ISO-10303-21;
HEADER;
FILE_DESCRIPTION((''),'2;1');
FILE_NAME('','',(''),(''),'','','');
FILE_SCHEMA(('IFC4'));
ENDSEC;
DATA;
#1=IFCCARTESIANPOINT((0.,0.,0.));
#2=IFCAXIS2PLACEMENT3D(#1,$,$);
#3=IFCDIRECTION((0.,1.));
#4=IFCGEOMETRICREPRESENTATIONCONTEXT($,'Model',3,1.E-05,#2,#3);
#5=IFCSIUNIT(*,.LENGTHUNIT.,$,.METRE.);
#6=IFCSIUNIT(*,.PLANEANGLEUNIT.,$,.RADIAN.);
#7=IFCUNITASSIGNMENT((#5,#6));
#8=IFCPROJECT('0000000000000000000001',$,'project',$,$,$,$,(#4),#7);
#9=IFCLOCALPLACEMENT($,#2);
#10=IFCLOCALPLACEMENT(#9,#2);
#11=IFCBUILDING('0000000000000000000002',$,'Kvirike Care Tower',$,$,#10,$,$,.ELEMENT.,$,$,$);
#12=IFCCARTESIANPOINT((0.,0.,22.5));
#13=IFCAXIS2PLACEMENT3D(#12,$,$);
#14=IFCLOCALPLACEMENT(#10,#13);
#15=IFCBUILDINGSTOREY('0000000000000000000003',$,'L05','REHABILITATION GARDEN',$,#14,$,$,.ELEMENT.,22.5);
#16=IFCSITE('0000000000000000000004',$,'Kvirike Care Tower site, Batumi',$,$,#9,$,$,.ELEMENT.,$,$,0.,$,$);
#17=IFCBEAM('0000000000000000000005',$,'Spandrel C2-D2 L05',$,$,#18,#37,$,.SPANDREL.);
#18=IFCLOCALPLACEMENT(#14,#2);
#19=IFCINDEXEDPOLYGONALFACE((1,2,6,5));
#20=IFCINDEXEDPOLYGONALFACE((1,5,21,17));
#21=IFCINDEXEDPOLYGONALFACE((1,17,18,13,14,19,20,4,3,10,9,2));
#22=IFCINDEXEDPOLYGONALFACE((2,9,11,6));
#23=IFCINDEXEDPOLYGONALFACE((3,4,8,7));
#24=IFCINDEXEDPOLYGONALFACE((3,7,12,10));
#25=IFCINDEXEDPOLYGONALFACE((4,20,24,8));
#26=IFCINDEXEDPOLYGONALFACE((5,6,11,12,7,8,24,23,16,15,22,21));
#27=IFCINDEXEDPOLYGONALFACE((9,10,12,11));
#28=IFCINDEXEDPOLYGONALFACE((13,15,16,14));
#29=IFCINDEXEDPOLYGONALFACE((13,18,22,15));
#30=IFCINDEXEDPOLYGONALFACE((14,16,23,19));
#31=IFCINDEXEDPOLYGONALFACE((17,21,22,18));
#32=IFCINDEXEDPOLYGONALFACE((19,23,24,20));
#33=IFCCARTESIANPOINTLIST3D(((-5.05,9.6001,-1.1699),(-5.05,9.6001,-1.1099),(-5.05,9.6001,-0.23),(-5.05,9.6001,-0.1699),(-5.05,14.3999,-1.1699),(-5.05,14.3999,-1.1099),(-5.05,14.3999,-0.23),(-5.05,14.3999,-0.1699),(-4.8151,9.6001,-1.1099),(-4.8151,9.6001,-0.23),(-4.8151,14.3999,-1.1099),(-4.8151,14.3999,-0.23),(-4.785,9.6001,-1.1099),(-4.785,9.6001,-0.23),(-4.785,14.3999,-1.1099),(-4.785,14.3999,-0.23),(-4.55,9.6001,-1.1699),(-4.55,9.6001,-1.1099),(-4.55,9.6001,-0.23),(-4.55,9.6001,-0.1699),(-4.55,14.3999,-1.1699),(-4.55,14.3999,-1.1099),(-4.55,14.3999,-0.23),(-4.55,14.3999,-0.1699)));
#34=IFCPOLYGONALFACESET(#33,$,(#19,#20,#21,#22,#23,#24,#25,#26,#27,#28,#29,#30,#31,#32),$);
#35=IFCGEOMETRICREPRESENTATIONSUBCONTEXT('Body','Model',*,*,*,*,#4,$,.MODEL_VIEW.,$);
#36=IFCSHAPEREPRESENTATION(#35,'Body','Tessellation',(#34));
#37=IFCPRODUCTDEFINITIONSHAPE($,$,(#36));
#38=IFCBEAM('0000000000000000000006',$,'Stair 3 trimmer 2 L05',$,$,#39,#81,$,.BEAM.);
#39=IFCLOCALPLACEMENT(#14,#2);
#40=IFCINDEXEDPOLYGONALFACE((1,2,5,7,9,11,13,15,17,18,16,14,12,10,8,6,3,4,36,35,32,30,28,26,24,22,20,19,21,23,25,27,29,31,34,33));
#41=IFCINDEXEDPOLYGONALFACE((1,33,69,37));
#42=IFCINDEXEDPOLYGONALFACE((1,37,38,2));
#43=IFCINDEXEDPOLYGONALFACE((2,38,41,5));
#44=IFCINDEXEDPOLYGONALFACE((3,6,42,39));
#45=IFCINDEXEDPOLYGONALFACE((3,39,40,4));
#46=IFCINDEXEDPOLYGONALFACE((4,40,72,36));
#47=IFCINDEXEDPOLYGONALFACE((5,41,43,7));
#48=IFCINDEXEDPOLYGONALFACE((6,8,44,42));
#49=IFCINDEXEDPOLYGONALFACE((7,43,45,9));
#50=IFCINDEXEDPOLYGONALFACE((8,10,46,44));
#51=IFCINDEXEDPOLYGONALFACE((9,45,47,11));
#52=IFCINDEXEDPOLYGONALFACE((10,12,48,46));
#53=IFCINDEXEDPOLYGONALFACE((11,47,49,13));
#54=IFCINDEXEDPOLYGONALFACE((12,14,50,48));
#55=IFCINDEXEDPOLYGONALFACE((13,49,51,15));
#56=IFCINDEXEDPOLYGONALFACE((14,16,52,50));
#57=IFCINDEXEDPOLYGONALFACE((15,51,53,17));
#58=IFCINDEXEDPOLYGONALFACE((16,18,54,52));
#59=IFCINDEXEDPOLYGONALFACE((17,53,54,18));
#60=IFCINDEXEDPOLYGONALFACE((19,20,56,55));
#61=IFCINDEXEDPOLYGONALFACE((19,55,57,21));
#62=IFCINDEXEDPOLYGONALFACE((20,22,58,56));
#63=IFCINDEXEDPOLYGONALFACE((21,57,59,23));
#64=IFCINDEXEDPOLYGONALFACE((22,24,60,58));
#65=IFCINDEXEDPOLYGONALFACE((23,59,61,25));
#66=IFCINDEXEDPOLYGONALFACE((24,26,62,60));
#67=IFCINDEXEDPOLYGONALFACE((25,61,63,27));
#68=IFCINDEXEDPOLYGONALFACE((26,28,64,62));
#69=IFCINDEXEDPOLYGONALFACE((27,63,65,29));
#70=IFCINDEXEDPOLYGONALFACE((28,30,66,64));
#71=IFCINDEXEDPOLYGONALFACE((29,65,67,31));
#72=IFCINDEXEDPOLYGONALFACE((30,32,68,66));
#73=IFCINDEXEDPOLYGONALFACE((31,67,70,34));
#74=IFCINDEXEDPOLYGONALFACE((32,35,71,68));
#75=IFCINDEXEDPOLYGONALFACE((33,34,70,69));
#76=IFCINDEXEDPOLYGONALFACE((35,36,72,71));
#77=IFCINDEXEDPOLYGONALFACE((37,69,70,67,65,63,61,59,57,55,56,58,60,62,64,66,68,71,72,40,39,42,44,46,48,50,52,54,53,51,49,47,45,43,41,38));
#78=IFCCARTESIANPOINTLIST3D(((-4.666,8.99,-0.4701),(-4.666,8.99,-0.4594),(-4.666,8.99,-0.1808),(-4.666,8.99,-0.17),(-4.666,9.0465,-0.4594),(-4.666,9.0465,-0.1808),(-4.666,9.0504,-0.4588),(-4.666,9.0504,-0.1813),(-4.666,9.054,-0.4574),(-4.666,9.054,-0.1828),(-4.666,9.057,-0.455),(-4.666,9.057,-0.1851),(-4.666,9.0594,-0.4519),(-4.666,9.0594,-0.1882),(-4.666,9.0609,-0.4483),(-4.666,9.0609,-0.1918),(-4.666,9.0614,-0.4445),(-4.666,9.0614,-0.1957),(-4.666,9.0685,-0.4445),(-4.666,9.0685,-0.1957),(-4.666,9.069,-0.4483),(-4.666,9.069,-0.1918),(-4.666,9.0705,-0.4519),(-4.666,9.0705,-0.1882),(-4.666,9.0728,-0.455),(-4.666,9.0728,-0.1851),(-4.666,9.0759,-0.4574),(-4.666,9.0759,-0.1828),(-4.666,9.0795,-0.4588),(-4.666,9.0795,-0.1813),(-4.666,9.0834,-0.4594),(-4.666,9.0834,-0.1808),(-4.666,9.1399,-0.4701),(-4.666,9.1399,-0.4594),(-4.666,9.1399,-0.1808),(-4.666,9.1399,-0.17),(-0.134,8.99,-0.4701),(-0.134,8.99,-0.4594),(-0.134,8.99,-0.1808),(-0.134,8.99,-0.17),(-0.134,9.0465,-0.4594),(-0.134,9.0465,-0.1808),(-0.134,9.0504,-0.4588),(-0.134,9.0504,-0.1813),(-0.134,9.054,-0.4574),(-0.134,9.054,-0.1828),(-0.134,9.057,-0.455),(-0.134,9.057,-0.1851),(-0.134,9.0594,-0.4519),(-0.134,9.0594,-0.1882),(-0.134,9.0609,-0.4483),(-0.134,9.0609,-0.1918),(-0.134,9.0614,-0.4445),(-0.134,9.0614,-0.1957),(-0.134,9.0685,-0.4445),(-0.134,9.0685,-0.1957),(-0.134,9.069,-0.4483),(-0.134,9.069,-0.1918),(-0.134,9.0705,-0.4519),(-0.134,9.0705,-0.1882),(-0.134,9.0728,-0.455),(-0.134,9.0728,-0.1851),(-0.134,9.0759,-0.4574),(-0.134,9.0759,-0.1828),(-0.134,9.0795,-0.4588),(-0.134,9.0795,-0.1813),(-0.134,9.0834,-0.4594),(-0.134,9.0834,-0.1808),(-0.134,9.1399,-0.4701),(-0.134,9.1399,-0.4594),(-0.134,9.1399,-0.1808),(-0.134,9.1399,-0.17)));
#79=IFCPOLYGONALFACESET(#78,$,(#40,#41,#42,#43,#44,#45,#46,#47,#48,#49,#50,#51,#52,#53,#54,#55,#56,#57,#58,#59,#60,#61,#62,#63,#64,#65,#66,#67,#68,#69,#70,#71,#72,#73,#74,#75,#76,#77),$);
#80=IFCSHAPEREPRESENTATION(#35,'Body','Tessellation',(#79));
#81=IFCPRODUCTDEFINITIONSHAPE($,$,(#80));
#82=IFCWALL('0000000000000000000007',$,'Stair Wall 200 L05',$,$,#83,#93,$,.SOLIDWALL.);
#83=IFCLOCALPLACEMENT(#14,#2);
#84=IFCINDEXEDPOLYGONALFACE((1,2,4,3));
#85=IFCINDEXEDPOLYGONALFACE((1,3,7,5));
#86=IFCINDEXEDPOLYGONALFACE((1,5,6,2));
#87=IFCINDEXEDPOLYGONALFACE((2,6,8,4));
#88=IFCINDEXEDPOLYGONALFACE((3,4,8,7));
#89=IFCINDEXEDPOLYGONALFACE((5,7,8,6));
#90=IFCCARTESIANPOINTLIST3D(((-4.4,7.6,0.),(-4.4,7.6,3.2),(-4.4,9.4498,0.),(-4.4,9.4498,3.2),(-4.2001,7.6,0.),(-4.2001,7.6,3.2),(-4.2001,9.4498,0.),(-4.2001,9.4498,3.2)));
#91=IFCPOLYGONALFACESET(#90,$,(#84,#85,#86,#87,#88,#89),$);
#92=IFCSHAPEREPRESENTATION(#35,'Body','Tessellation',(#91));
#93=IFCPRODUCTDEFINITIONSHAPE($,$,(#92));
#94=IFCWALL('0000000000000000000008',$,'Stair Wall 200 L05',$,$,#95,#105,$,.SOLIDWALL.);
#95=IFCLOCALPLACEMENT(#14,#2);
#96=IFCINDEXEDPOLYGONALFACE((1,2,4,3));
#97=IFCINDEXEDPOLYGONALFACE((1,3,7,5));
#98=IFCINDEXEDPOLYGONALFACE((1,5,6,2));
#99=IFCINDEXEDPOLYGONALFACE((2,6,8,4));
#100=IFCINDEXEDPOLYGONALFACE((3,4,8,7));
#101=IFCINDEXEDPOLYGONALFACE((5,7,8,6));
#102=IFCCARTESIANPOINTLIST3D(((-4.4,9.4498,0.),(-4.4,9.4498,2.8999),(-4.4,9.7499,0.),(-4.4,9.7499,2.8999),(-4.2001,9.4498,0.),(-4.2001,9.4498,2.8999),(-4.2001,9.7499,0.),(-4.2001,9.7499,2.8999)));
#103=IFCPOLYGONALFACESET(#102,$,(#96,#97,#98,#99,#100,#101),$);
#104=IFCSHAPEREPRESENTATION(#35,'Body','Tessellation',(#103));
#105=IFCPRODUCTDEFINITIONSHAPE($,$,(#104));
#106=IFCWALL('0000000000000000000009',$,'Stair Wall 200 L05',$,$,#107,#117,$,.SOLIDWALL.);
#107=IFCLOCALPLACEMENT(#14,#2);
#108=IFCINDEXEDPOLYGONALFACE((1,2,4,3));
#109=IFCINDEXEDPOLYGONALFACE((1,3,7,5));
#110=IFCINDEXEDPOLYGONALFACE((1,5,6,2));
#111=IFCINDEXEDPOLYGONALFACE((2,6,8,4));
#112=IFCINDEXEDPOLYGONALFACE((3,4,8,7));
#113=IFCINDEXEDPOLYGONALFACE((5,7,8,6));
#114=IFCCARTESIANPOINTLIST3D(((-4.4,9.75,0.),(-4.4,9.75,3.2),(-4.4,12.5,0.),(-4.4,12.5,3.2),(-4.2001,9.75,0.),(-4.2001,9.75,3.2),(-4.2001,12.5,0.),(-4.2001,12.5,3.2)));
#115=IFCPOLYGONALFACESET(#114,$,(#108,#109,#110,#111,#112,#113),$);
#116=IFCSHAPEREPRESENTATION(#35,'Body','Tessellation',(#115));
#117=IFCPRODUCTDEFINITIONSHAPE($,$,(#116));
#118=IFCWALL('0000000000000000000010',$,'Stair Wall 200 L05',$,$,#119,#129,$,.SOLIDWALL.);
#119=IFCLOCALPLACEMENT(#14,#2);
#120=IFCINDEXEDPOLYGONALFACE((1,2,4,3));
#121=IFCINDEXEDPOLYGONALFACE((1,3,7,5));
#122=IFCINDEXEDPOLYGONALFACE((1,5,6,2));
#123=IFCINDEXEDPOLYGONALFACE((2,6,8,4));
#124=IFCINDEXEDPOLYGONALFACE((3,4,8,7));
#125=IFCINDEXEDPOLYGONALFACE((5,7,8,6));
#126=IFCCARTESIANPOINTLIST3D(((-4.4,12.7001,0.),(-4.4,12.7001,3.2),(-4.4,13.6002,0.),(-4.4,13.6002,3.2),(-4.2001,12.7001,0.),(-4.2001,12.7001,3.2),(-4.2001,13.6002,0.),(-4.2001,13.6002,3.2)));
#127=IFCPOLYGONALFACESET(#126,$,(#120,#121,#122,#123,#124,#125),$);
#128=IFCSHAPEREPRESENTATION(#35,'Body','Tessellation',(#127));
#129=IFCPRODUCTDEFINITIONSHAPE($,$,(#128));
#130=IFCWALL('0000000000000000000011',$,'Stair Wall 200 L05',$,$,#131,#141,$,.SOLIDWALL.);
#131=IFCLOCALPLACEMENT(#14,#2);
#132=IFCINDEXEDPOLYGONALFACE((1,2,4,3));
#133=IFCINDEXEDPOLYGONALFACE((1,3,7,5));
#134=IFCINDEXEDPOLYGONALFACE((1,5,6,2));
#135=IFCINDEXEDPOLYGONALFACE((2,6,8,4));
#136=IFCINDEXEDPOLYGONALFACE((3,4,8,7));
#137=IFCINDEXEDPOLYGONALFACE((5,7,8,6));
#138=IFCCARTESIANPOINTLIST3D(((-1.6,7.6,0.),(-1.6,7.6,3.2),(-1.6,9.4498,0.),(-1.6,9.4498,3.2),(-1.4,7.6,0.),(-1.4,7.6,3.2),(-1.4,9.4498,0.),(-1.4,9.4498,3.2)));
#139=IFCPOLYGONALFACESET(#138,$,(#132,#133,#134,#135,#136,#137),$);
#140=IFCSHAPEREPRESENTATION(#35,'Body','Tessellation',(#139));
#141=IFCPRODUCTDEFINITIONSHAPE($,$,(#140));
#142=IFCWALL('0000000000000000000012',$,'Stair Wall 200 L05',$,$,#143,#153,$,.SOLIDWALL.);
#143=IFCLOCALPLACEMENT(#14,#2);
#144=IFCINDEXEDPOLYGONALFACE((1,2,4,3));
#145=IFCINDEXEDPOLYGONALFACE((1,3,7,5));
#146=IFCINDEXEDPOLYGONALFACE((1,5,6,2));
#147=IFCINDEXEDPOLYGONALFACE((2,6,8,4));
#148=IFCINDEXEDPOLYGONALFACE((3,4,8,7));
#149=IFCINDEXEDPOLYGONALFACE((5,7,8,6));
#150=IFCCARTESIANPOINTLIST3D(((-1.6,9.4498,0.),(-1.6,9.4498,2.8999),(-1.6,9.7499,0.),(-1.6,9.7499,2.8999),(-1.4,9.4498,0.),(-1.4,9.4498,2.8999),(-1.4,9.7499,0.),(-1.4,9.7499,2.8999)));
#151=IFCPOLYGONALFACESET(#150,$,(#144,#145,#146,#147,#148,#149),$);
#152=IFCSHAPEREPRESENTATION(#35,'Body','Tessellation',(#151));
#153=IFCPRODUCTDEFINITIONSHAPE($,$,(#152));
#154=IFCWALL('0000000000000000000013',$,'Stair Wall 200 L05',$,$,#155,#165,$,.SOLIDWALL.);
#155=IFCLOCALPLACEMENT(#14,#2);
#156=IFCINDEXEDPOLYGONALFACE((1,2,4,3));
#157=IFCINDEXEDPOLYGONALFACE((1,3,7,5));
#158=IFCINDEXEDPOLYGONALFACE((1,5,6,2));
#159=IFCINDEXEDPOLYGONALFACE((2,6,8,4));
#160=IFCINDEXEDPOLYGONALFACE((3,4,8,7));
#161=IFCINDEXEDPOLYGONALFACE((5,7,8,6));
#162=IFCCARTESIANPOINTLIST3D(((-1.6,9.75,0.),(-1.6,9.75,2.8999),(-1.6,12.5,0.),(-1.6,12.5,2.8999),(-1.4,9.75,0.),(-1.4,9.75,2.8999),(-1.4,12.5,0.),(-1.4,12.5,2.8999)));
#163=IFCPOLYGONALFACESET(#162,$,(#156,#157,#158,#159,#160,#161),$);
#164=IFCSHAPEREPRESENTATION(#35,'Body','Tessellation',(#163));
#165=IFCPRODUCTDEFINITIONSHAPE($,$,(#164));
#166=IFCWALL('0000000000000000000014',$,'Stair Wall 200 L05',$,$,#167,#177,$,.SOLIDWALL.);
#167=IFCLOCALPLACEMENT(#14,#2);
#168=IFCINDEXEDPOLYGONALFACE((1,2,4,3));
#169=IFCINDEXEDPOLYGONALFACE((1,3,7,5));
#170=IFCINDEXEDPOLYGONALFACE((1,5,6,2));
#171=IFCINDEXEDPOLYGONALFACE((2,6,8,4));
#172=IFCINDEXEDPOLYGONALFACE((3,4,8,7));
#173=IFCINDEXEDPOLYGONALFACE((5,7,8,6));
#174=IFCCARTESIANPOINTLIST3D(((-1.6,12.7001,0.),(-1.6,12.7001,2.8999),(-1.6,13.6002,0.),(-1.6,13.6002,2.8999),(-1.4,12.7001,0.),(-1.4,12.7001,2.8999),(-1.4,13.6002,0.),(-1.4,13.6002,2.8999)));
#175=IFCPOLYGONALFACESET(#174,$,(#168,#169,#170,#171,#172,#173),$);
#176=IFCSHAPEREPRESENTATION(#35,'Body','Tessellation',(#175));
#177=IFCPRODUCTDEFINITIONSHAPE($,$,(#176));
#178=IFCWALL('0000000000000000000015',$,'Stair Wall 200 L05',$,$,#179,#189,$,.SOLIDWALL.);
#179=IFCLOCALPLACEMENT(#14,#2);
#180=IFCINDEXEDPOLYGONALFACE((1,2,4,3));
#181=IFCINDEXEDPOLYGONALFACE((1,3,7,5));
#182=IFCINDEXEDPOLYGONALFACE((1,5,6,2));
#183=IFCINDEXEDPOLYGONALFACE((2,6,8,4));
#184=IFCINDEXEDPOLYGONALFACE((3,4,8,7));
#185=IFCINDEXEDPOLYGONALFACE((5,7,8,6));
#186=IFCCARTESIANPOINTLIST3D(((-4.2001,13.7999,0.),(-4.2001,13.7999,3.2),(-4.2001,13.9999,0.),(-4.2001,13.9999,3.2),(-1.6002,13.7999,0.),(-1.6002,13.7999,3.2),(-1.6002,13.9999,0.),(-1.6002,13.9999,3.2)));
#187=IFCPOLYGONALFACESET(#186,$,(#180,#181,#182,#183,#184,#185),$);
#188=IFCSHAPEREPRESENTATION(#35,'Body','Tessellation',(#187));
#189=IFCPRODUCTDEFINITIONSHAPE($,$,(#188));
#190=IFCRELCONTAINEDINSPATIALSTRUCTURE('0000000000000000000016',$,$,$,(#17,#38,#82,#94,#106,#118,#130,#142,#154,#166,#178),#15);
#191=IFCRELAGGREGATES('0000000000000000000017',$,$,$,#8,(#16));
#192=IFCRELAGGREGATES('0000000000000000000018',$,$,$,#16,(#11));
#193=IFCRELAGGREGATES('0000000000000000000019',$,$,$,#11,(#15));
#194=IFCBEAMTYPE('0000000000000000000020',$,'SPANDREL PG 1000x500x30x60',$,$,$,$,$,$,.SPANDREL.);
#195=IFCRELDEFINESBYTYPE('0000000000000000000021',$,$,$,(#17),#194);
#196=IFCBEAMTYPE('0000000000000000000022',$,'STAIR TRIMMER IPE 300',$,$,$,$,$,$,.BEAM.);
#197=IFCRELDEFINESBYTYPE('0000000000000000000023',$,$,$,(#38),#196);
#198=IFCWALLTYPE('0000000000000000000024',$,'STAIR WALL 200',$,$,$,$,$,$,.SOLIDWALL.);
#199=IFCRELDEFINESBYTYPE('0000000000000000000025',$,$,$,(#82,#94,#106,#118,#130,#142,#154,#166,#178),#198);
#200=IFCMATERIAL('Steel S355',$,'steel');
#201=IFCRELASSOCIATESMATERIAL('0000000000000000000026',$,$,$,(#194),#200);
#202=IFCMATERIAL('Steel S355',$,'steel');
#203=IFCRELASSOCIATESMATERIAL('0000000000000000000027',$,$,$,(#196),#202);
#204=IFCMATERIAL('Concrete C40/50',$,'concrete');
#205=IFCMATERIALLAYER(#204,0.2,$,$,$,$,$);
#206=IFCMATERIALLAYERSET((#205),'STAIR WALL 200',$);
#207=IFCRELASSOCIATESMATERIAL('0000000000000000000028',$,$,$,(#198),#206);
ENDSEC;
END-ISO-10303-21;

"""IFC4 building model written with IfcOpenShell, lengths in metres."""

from ifc_helpers import new_model, si_unit, direction, frame, frame_2d, origin, origin_2d, place, context, subcontext, project, spatial, rectangle, i_section, extrude, material, layer, layer_set, material_profile, profile_set, type_object, element, save


model = new_model("IFC4")

# Units and contexts
model_context = context("Model", 3, precision=1e-05, world=origin(), true_north=direction((0.0, 1.0)))
body_context = subcontext(model_context, "Body", "Model", "MODEL_VIEW")
ifc_project = project(units=[si_unit("LENGTHUNIT", "METRE"), si_unit("PLANEANGLEUNIT", "RADIAN")], contexts=[model_context])

# Site, building, storey
site_placement = place(None, origin())
site = spatial("IfcSite", under=ifc_project, at=site_placement, Name="Kvirike Care Tower site, Batumi", CompositionType="ELEMENT", RefElevation=0.0)
building_placement = place(site_placement, origin())
building = spatial("IfcBuilding", under=site, at=building_placement, Name="Kvirike Care Tower", CompositionType="ELEMENT")
storey_placement = place(building_placement, frame((0.0, 0.0, 22.5)))
storey = spatial("IfcBuildingStorey", under=building, at=storey_placement, Name="L05", Description="REHABILITATION GARDEN", CompositionType="ELEMENT", Elevation=22.5)

# Beams
ifc_material_1 = material(Name="Steel S355", Category="steel")
ifc_material_profile_1 = material_profile(ifc_material_1, i_section(OverallWidth=0.5, OverallDepth=1.0, WebThickness=0.03, FlangeThickness=0.0601, at=origin_2d()), Name="PG 1000x500x30x60")
ifc_profile_set_1 = profile_set([ifc_material_profile_1], Name="Steel S355")
beam_type_1 = type_object("IfcBeamType", Name="SPANDREL PG 1000x500x30x60", PredefinedType="SPANDREL", material=ifc_profile_set_1)
beam_1_placement = place(storey_placement, frame((-4.8, 9.6001, -0.6699), z_axis=(0.0, 1.0, 0.0), x_axis=(-1.0, 0.0, 0.0)))
element("IfcBeam", 1, at=beam_1_placement, inside=storey, type_object=beam_type_1, Name="Spandrel C2-D2 L05", PredefinedType="SPANDREL", context=body_context, shape_type="SweptSolid", body=[
    extrude(i_section(OverallWidth=0.5, OverallDepth=1.0, WebThickness=0.03, FlangeThickness=0.0601, at=origin_2d()), origin(), (0.0, 0.0, 1.0), 4.7998),
])
ifc_material_2 = material(Name="Steel S355", Category="steel")
ifc_material_profile_2 = material_profile(ifc_material_2, i_section(OverallWidth=0.1499, OverallDepth=0.3, WebThickness=0.0071, FlangeThickness=0.0107, FilletRadius=0.0149, at=origin_2d()), Name="IPE 300")
ifc_profile_set_2 = profile_set([ifc_material_profile_2], Name="Steel S355")
beam_type_2 = type_object("IfcBeamType", Name="STAIR TRIMMER IPE 300", PredefinedType="BEAM", material=ifc_profile_set_2)
beam_2_placement = place(storey_placement, frame((-4.666, 9.0649, -0.3201), z_axis=(1.0, 0.0, 0.0), x_axis=(0.0, 1.0, 0.0)))
element("IfcBeam", 2, at=beam_2_placement, inside=storey, type_object=beam_type_2, Name="Stair 3 trimmer 2 L05", PredefinedType="BEAM", context=body_context, shape_type="SweptSolid", body=[
    extrude(i_section(OverallWidth=0.1499, OverallDepth=0.3, WebThickness=0.0071, FlangeThickness=0.0107, FilletRadius=0.0149, at=origin_2d()), origin(), (0.0, 0.0, 1.0), 4.532),
])

# Walls
ifc_material_3 = material(Name="Concrete C40/50", Category="concrete")
ifc_layer = layer(ifc_material_3, 0.2)
ifc_layer_set = layer_set([ifc_layer], Name="STAIR WALL 200")
wall_type = type_object("IfcWallType", Name="STAIR WALL 200", PredefinedType="SOLIDWALL", material=ifc_layer_set)
wall_1_placement = place(storey_placement, frame((-4.3, 7.6001, 0.0), z_axis=(0.0, 0.0, 1.0), x_axis=(0.0, 1.0, 0.0)))
element("IfcWall", 3, at=wall_1_placement, inside=storey, type_object=wall_type, Name="Stair Wall 200 L05", PredefinedType="SOLIDWALL", context=body_context, shape_type="SweptSolid", body=[
    extrude(rectangle(XDim=1.8499, YDim=0.2, at=frame_2d((0.9248, 0.0))), origin(), (0.0, 0.0, 1.0), 3.2),
])
wall_2_placement = place(storey_placement, frame((-4.3, 9.45, 0.0), z_axis=(0.0, 0.0, 1.0), x_axis=(0.0, 1.0, 0.0)))
element("IfcWall", 4, at=wall_2_placement, inside=storey, type_object=wall_type, Name="Stair Wall 200 L05", PredefinedType="SOLIDWALL", context=body_context, shape_type="SweptSolid", body=[
    extrude(rectangle(XDim=0.3, YDim=0.2, at=frame_2d((0.1499, 0.0))), origin(), (0.0, 0.0, 1.0), 2.8999),
])
wall_3_placement = place(storey_placement, frame((-4.3, 9.75, 0.0), z_axis=(0.0, 0.0, 1.0), x_axis=(0.0, 1.0, 0.0)))
element("IfcWall", 5, at=wall_3_placement, inside=storey, type_object=wall_type, Name="Stair Wall 200 L05", PredefinedType="SOLIDWALL", context=body_context, shape_type="SweptSolid", body=[
    extrude(rectangle(XDim=2.75, YDim=0.2, at=frame_2d((1.375, 0.0))), origin(), (0.0, 0.0, 1.0), 3.2),
])
wall_4_placement = place(storey_placement, frame((-4.3, 12.7, 0.0), z_axis=(0.0, 0.0, 1.0), x_axis=(0.0, 1.0, 0.0)))
element("IfcWall", 6, at=wall_4_placement, inside=storey, type_object=wall_type, Name="Stair Wall 200 L05", PredefinedType="SOLIDWALL", context=body_context, shape_type="SweptSolid", body=[
    extrude(rectangle(XDim=0.9001, YDim=0.2, at=frame_2d((0.4502, 0.0))), origin(), (0.0, 0.0, 1.0), 3.2),
])
wall_5_placement = place(storey_placement, frame((-1.5, 7.6001, 0.0), z_axis=(0.0, 0.0, 1.0), x_axis=(0.0, 1.0, 0.0)))
element("IfcWall", 7, at=wall_5_placement, inside=storey, type_object=wall_type, Name="Stair Wall 200 L05", PredefinedType="SOLIDWALL", context=body_context, shape_type="SweptSolid", body=[
    extrude(rectangle(XDim=1.8499, YDim=0.2, at=frame_2d((0.9248, 0.0))), origin(), (0.0, 0.0, 1.0), 3.2),
])
wall_6_placement = place(storey_placement, frame((-1.5, 9.45, 0.0), z_axis=(0.0, 0.0, 1.0), x_axis=(0.0, 1.0, 0.0)))
element("IfcWall", 8, at=wall_6_placement, inside=storey, type_object=wall_type, Name="Stair Wall 200 L05", PredefinedType="SOLIDWALL", context=body_context, shape_type="SweptSolid", body=[
    extrude(rectangle(XDim=0.3, YDim=0.2, at=frame_2d((0.1499, 0.0))), origin(), (0.0, 0.0, 1.0), 2.8999),
])
wall_7_placement = place(storey_placement, frame((-1.5, 9.75, 0.0), z_axis=(0.0, 0.0, 1.0), x_axis=(0.0, 1.0, 0.0)))
element("IfcWall", 9, at=wall_7_placement, inside=storey, type_object=wall_type, Name="Stair Wall 200 L05", PredefinedType="SOLIDWALL", context=body_context, shape_type="SweptSolid", body=[
    extrude(rectangle(XDim=2.75, YDim=0.2, at=frame_2d((1.375, 0.0))), origin(), (0.0, 0.0, 1.0), 2.8999),
])
wall_8_placement = place(storey_placement, frame((-1.5, 12.7, 0.0), z_axis=(0.0, 0.0, 1.0), x_axis=(0.0, 1.0, 0.0)))
element("IfcWall", 10, at=wall_8_placement, inside=storey, type_object=wall_type, Name="Stair Wall 200 L05", PredefinedType="SOLIDWALL", context=body_context, shape_type="SweptSolid", body=[
    extrude(rectangle(XDim=0.9001, YDim=0.2, at=frame_2d((0.4502, 0.0))), origin(), (0.0, 0.0, 1.0), 2.8999),
])
wall_9_placement = place(storey_placement, frame((-4.2, 13.8999, 0.0), z_axis=(0.0, 0.0, 1.0), x_axis=(1.0, 0.0, 0.0)))
element("IfcWall", 11, at=wall_9_placement, inside=storey, type_object=wall_type, Name="Stair Wall 200 L05", PredefinedType="SOLIDWALL", context=body_context, shape_type="SweptSolid", body=[
    extrude(rectangle(XDim=2.5999, YDim=0.2, at=frame_2d((1.2998, 0.0))), origin(), (0.0, 0.0, 1.0), 3.2),
])

save(model, "model.ifc")
